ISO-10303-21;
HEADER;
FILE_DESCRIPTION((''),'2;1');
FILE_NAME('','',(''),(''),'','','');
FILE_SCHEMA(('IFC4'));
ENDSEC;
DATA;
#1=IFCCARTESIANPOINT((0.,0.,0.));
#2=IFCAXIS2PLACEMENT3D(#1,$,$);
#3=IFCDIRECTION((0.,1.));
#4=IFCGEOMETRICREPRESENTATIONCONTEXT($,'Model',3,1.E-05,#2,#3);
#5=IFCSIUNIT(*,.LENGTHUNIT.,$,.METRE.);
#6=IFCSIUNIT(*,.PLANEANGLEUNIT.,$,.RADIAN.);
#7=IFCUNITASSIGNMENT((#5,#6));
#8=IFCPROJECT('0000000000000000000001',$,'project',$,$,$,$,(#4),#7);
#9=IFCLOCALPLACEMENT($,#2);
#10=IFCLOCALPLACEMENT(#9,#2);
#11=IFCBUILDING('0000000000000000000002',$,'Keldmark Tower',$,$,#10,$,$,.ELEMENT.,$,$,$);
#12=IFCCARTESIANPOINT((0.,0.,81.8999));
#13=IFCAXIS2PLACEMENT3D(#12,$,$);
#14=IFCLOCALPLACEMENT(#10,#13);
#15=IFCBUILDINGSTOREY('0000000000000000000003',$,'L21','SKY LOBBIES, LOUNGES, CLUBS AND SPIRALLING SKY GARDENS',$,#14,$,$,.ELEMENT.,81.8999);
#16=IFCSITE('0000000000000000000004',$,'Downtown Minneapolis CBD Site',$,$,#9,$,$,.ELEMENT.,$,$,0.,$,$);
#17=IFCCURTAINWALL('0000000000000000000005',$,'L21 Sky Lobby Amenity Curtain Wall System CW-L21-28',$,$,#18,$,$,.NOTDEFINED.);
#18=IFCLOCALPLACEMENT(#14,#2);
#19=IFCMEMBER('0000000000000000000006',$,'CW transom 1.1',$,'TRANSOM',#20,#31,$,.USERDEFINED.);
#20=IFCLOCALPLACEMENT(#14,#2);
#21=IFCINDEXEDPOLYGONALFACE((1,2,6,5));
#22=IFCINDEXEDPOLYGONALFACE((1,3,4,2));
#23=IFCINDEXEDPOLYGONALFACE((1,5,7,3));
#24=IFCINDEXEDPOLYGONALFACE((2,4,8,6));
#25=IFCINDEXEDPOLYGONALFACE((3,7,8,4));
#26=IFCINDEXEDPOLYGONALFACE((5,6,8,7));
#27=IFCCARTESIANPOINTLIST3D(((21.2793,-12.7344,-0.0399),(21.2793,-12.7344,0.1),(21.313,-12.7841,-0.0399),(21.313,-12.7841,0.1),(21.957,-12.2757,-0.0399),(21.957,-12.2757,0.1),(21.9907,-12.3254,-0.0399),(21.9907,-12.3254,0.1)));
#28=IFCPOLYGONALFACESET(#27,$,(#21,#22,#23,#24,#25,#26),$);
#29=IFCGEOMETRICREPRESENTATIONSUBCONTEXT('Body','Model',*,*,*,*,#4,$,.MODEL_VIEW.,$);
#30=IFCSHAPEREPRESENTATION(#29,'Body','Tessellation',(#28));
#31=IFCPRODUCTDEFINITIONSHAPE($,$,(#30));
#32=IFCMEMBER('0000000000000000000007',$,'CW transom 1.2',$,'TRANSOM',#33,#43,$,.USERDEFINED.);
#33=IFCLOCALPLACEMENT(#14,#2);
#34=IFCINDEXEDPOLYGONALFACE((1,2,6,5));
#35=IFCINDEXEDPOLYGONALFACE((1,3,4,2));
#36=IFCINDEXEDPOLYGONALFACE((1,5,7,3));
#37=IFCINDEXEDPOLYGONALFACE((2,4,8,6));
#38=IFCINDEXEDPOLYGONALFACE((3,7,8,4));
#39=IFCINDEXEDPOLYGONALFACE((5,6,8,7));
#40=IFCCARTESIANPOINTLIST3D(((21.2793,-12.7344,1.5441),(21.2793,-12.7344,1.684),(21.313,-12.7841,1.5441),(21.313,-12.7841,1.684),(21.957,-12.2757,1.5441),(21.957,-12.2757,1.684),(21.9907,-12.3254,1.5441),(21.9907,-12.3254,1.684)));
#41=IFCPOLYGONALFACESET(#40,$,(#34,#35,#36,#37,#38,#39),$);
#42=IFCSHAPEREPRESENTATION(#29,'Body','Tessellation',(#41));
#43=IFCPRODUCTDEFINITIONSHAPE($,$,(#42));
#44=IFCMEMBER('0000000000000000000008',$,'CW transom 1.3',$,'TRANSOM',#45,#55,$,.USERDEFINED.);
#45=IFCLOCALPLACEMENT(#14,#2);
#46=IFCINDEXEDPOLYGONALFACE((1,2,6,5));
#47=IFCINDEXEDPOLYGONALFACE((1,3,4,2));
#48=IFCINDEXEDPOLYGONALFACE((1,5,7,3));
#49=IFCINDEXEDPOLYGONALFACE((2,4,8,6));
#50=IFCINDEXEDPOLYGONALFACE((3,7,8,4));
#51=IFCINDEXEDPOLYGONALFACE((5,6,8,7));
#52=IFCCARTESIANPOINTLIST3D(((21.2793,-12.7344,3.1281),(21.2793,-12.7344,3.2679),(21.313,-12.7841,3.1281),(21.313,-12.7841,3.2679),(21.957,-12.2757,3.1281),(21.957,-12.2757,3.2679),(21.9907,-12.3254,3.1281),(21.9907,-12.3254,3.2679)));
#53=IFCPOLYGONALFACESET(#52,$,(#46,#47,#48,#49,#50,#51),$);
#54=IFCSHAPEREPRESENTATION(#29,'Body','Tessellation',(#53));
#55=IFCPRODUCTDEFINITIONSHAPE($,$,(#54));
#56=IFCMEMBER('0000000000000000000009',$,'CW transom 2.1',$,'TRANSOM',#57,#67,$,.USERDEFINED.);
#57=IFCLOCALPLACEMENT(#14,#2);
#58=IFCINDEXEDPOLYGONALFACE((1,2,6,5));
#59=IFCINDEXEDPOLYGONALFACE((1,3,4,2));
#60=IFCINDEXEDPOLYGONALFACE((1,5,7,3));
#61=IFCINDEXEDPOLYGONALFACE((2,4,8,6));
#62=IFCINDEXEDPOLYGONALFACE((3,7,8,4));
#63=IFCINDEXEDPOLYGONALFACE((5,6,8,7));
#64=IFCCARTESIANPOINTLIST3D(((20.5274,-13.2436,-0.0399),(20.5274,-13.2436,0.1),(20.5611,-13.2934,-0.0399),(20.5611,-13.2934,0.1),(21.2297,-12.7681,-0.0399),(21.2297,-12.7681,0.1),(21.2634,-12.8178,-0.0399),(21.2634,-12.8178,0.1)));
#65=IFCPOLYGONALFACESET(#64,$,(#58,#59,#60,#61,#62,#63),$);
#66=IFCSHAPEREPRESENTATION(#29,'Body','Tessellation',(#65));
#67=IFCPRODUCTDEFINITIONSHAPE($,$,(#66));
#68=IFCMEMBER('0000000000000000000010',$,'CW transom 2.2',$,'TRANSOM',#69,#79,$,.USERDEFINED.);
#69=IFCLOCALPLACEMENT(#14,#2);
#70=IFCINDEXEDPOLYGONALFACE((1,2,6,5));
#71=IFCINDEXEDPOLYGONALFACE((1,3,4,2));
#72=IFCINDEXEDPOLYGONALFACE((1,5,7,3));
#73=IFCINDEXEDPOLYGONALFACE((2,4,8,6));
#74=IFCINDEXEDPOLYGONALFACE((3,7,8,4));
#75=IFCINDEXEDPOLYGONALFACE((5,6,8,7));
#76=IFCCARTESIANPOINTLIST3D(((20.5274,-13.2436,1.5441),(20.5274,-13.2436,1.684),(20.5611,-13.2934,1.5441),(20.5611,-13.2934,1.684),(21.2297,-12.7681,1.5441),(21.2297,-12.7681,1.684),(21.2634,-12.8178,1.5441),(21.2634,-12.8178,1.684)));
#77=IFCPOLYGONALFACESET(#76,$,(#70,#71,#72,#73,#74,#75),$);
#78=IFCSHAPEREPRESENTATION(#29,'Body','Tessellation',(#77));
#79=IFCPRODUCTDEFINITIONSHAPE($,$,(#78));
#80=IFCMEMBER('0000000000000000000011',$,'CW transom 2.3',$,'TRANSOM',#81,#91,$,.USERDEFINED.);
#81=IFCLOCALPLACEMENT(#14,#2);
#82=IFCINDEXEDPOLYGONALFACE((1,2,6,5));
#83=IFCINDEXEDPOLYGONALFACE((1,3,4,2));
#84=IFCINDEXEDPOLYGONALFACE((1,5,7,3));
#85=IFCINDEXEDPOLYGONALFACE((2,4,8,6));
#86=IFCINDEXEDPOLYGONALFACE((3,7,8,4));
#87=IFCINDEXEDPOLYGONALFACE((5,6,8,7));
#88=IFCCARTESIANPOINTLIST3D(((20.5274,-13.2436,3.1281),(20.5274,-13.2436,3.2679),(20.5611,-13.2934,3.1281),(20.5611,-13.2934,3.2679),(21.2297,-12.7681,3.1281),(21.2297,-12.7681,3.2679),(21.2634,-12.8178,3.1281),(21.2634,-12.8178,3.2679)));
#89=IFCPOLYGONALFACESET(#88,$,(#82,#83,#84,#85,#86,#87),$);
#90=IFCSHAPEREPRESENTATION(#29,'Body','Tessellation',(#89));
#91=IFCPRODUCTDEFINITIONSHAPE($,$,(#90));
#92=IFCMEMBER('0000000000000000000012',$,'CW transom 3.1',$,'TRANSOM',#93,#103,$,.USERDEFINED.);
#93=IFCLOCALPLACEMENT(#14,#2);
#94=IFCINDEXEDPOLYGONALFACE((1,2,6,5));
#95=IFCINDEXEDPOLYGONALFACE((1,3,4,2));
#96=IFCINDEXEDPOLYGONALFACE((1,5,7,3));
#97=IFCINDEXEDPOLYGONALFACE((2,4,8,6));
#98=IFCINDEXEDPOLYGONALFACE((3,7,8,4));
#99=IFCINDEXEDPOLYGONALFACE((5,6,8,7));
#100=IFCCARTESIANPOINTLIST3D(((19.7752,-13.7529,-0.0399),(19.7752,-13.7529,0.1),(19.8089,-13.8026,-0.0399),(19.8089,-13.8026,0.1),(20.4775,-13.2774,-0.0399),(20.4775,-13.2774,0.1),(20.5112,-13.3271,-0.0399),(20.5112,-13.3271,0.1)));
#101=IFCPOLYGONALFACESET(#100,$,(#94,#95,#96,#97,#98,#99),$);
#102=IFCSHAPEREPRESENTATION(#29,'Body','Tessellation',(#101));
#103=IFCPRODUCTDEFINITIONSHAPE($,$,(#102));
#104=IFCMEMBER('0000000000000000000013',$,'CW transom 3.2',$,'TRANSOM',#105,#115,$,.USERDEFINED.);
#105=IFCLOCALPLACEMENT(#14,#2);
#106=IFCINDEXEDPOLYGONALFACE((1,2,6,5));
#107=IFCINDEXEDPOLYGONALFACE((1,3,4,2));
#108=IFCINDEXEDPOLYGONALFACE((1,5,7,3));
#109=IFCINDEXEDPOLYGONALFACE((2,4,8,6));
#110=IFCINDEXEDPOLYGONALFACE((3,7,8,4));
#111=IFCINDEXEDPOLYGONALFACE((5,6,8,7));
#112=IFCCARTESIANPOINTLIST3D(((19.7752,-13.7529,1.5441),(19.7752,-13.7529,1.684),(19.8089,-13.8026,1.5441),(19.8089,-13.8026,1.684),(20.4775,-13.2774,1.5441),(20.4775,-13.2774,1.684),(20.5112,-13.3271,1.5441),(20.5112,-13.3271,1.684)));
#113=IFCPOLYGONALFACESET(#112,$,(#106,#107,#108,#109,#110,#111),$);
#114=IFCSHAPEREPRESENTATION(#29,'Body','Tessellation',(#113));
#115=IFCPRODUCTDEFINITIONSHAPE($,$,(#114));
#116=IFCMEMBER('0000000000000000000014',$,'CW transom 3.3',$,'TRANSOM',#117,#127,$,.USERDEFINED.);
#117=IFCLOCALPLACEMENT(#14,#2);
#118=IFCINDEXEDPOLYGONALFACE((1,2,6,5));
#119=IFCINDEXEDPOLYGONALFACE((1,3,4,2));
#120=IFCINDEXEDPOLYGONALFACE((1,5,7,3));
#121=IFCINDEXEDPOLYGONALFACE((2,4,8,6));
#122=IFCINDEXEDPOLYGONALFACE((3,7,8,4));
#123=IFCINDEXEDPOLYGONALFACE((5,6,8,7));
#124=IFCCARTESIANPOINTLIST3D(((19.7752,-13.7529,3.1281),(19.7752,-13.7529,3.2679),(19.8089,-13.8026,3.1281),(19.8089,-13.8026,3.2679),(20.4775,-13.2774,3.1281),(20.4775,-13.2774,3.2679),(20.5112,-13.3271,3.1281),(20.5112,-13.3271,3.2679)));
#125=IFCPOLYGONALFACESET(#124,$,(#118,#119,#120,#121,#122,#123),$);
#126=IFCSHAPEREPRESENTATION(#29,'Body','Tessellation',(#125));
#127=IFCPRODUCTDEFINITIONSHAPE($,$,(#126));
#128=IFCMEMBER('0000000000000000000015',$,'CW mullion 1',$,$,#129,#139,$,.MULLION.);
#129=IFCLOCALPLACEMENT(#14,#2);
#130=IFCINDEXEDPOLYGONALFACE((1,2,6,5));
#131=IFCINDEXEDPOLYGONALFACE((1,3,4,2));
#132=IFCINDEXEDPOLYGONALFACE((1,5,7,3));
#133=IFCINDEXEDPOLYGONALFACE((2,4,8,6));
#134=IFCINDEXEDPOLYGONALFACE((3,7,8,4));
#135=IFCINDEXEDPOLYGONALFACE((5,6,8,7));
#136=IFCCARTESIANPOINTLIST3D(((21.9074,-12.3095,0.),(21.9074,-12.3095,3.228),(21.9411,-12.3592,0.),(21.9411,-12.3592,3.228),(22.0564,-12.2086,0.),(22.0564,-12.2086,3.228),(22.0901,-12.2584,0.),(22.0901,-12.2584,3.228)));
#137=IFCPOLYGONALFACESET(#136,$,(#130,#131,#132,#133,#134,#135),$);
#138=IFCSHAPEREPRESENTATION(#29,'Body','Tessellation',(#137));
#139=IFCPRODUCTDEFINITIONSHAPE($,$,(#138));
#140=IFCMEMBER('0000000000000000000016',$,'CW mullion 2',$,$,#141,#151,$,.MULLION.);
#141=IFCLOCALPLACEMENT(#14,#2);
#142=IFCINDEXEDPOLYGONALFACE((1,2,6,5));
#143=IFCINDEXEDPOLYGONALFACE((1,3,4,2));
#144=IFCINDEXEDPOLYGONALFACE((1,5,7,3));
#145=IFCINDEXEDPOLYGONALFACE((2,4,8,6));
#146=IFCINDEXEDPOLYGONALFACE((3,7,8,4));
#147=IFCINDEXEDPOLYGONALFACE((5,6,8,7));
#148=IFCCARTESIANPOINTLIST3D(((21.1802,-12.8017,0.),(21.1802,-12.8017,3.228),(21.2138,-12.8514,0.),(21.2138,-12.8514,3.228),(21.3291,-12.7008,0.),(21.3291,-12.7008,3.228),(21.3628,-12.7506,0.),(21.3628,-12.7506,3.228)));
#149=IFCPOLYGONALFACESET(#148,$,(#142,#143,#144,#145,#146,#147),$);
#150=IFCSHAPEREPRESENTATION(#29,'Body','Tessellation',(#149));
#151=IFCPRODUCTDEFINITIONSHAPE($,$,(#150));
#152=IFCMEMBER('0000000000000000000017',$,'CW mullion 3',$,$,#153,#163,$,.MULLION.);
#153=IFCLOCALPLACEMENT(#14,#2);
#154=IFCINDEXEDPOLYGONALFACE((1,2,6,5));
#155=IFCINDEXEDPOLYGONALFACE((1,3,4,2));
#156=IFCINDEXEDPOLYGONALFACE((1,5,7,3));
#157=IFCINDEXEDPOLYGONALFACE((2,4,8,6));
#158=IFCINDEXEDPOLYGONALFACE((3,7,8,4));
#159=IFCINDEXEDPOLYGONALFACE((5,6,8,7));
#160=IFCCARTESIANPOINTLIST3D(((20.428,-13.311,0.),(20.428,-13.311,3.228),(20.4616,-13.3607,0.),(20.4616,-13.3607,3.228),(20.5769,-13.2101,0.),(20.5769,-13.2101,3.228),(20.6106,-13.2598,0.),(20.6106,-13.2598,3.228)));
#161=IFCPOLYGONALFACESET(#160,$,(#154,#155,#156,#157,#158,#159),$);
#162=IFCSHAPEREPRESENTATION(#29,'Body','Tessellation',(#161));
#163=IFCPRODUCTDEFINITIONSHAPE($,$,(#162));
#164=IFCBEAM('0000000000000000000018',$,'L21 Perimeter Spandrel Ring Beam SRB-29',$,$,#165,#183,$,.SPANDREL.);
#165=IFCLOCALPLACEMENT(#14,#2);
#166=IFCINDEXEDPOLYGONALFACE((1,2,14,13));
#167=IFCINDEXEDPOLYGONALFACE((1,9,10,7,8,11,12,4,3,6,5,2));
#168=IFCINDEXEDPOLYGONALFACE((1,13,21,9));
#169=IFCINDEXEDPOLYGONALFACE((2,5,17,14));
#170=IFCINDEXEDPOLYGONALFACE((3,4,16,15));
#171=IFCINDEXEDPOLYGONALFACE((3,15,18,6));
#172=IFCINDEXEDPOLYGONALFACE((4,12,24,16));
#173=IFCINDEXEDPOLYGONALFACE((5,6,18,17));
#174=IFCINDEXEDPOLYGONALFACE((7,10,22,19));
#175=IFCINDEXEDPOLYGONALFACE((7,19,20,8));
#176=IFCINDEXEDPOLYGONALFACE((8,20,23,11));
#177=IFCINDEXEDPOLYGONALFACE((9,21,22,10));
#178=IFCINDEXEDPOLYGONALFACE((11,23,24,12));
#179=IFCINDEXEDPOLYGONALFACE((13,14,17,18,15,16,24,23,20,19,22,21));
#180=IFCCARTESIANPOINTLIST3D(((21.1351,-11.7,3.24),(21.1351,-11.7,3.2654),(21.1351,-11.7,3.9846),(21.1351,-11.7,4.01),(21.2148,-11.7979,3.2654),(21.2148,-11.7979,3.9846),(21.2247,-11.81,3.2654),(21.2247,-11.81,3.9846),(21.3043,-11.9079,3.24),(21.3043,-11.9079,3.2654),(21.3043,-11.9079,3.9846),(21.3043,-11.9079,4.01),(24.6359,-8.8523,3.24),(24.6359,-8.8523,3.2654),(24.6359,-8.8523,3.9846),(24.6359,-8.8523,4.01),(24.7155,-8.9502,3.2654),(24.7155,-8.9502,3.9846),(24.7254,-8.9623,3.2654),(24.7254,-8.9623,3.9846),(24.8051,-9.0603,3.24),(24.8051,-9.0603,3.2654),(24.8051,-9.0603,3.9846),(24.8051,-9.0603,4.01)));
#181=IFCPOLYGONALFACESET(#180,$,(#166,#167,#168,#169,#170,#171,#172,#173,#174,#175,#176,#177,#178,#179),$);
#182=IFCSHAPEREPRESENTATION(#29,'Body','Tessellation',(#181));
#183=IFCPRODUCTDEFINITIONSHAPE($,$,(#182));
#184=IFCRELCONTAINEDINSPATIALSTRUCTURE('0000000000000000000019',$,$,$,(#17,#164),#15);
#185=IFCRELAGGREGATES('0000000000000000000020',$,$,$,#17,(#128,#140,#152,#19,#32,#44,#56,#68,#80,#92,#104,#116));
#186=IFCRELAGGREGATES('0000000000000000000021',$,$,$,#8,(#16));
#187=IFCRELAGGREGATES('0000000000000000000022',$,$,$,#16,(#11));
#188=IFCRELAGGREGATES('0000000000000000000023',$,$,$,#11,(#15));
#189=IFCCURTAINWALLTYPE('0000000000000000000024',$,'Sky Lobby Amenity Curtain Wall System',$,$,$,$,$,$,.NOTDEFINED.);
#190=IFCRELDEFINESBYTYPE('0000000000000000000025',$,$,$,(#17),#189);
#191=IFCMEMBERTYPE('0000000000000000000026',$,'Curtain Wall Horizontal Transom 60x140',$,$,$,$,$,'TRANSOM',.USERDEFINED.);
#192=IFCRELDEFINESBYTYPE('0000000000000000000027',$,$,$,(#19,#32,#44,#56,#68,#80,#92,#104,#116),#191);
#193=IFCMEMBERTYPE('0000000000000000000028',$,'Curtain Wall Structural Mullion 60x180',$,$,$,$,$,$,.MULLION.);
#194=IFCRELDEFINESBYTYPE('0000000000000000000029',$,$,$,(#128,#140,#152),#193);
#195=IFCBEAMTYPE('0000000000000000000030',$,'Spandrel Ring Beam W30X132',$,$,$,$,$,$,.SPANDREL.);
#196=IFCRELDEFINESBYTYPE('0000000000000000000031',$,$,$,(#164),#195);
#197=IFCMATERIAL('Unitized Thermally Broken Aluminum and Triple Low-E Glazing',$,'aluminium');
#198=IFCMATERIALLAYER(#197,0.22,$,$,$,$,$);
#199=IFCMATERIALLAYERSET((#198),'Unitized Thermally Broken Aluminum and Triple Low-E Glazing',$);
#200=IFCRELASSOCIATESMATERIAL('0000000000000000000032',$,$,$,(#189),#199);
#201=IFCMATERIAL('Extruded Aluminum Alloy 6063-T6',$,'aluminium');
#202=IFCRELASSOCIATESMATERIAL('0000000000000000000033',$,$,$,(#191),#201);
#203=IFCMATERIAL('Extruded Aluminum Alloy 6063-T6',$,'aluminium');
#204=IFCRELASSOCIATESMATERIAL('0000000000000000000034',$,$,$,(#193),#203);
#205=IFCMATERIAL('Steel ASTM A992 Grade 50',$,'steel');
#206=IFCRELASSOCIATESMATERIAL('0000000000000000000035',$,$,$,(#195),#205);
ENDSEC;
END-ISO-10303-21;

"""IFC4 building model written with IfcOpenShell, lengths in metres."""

from ifc_helpers import new_model, si_unit, direction, frame, origin, origin_2d, place, context, subcontext, project, spatial, rectangle, i_section, extrude, material, layer, layer_set, material_profile, profile_set, type_object, element, aggregate, save


model = new_model("IFC4")

# Units and contexts
model_context = context("Model", 3, precision=1e-05, world=origin(), true_north=direction((0.0, 1.0)))
body_context = subcontext(model_context, "Body", "Model", "MODEL_VIEW")
ifc_project = project(units=[si_unit("LENGTHUNIT", "METRE"), si_unit("PLANEANGLEUNIT", "RADIAN")], contexts=[model_context])

# Site, building, storey
site_placement = place(None, origin())
site = spatial("IfcSite", under=ifc_project, at=site_placement, Name="Downtown Minneapolis CBD Site", CompositionType="ELEMENT", RefElevation=0.0)
building_placement = place(site_placement, origin())
building = spatial("IfcBuilding", under=site, at=building_placement, Name="Keldmark Tower", CompositionType="ELEMENT")
storey_placement = place(building_placement, frame((0.0, 0.0, 81.8999)))
storey = spatial("IfcBuildingStorey", under=building, at=storey_placement, Name="L21", Description="SKY LOBBIES, LOUNGES, CLUBS AND SPIRALLING SKY GARDENS", CompositionType="ELEMENT", Elevation=81.8999)

# Curtain wall, members
ifc_material_1 = material(Name="Unitized Thermally Broken Aluminum and Triple Low-E Glazing", Category="aluminium")
ifc_layer_1 = layer(ifc_material_1, 0.22)
ifc_layer_set_1 = layer_set([ifc_layer_1], Name="Unitized Thermally Broken Aluminum and Triple Low-E Glazing")
curtain_wall_type = type_object("IfcCurtainWallType", Name="Sky Lobby Amenity Curtain Wall System", PredefinedType="NOTDEFINED", material=ifc_layer_set_1)
curtain_wall_placement = place(storey_placement, origin())
curtain_wall = element("IfcCurtainWall", 1, at=curtain_wall_placement, inside=storey, type_object=curtain_wall_type, Name="L21 Sky Lobby Amenity Curtain Wall System CW-L21-28", PredefinedType="NOTDEFINED")
ifc_material_2 = material(Name="Extruded Aluminum Alloy 6063-T6", Category="aluminium")
ifc_material_profile_1 = material_profile(ifc_material_2, rectangle(XDim=0.0601, YDim=0.1399, at=origin_2d()), Name="CWT60X140")
ifc_profile_set_1 = profile_set([ifc_material_profile_1], Name="Extruded Aluminum Alloy 6063-T6")
member_type_1 = type_object("IfcMemberType", Name="Curtain Wall Horizontal Transom 60x140", ElementType="TRANSOM", PredefinedType="USERDEFINED", material=ifc_profile_set_1)
member_1_placement = place(storey_placement, frame((21.9739, -12.3005, 0.03), z_axis=(-0.828129, -0.560538, 0.0), x_axis=(0.560538, -0.828129, 0.0)))
member_1 = element("IfcMember", 2, at=member_1_placement, type_object=member_type_1, Name="CW transom 1.1", ObjectType="TRANSOM", PredefinedType="USERDEFINED", context=body_context, shape_type="SweptSolid", body=[
    extrude(rectangle(XDim=0.0601, YDim=0.1399, at=origin_2d()), origin(), (0.0, 0.0, 1.0), 0.8184),
])
member_2_placement = place(storey_placement, frame((21.9739, -12.3005, 1.614), z_axis=(-0.828129, -0.560538, 0.0), x_axis=(0.560538, -0.828129, 0.0)))
member_2 = element("IfcMember", 3, at=member_2_placement, type_object=member_type_1, Name="CW transom 1.2", ObjectType="TRANSOM", PredefinedType="USERDEFINED", context=body_context, shape_type="SweptSolid", body=[
    extrude(rectangle(XDim=0.0601, YDim=0.1399, at=origin_2d()), origin(), (0.0, 0.0, 1.0), 0.8184),
])
member_3_placement = place(storey_placement, frame((21.9739, -12.3005, 3.198), z_axis=(-0.828129, -0.560538, 0.0), x_axis=(0.560538, -0.828129, 0.0)))
member_3 = element("IfcMember", 4, at=member_3_placement, type_object=member_type_1, Name="CW transom 1.3", ObjectType="TRANSOM", PredefinedType="USERDEFINED", context=body_context, shape_type="SweptSolid", body=[
    extrude(rectangle(XDim=0.0601, YDim=0.1399, at=origin_2d()), origin(), (0.0, 0.0, 1.0), 0.8184),
])
member_4_placement = place(storey_placement, frame((21.2466, -12.793, 0.03), z_axis=(-0.828044, -0.560664, 0.0), x_axis=(0.560664, -0.828044, 0.0)))
member_4 = element("IfcMember", 5, at=member_4_placement, type_object=member_type_1, Name="CW transom 2.1", ObjectType="TRANSOM", PredefinedType="USERDEFINED", context=body_context, shape_type="SweptSolid", body=[
    extrude(rectangle(XDim=0.0601, YDim=0.1399, at=origin_2d()), origin(), (0.0, 0.0, 1.0), 0.8481),
])
member_5_placement = place(storey_placement, frame((21.2466, -12.793, 1.614), z_axis=(-0.828044, -0.560664, 0.0), x_axis=(0.560664, -0.828044, 0.0)))
member_5 = element("IfcMember", 6, at=member_5_placement, type_object=member_type_1, Name="CW transom 2.2", ObjectType="TRANSOM", PredefinedType="USERDEFINED", context=body_context, shape_type="SweptSolid", body=[
    extrude(rectangle(XDim=0.0601, YDim=0.1399, at=origin_2d()), origin(), (0.0, 0.0, 1.0), 0.8481),
])
member_6_placement = place(storey_placement, frame((21.2466, -12.793, 3.198), z_axis=(-0.828044, -0.560664, 0.0), x_axis=(0.560664, -0.828044, 0.0)))
member_6 = element("IfcMember", 7, at=member_6_placement, type_object=member_type_1, Name="CW transom 2.3", ObjectType="TRANSOM", PredefinedType="USERDEFINED", context=body_context, shape_type="SweptSolid", body=[
    extrude(rectangle(XDim=0.0601, YDim=0.1399, at=origin_2d()), origin(), (0.0, 0.0, 1.0), 0.8481),
])
member_7_placement = place(storey_placement, frame((20.4944, -13.3022, 0.03), z_axis=(-0.828044, -0.560664, 0.0), x_axis=(0.560664, -0.828044, 0.0)))
member_7 = element("IfcMember", 8, at=member_7_placement, type_object=member_type_1, Name="CW transom 3.1", ObjectType="TRANSOM", PredefinedType="USERDEFINED", context=body_context, shape_type="SweptSolid", body=[
    extrude(rectangle(XDim=0.0601, YDim=0.1399, at=origin_2d()), origin(), (0.0, 0.0, 1.0), 0.8481),
])
member_8_placement = place(storey_placement, frame((20.4944, -13.3022, 1.614), z_axis=(-0.828044, -0.560664, 0.0), x_axis=(0.560664, -0.828044, 0.0)))
member_8 = element("IfcMember", 9, at=member_8_placement, type_object=member_type_1, Name="CW transom 3.2", ObjectType="TRANSOM", PredefinedType="USERDEFINED", context=body_context, shape_type="SweptSolid", body=[
    extrude(rectangle(XDim=0.0601, YDim=0.1399, at=origin_2d()), origin(), (0.0, 0.0, 1.0), 0.8481),
])
member_9_placement = place(storey_placement, frame((20.4944, -13.3022, 3.198), z_axis=(-0.828044, -0.560664, 0.0), x_axis=(0.560664, -0.828044, 0.0)))
member_9 = element("IfcMember", 10, at=member_9_placement, type_object=member_type_1, Name="CW transom 3.3", ObjectType="TRANSOM", PredefinedType="USERDEFINED", context=body_context, shape_type="SweptSolid", body=[
    extrude(rectangle(XDim=0.0601, YDim=0.1399, at=origin_2d()), origin(), (0.0, 0.0, 1.0), 0.8481),
])
ifc_material_3 = material(Name="Extruded Aluminum Alloy 6063-T6", Category="aluminium")
ifc_material_profile_2 = material_profile(ifc_material_3, rectangle(XDim=0.0601, YDim=0.1799, at=origin_2d()), Name="CWM60X180")
ifc_profile_set_2 = profile_set([ifc_material_profile_2], Name="Extruded Aluminum Alloy 6063-T6")
member_type_2 = type_object("IfcMemberType", Name="Curtain Wall Structural Mullion 60x180", PredefinedType="MULLION", material=ifc_profile_set_2)
member_10_placement = place(storey_placement, frame((21.9988, -12.2839, 0.0), z_axis=(0.0, 0.0, 1.0), x_axis=(0.560642, -0.828059, 0.0)))
member_10 = element("IfcMember", 11, at=member_10_placement, type_object=member_type_2, Name="CW mullion 1", PredefinedType="MULLION", context=body_context, shape_type="SweptSolid", body=[
    extrude(rectangle(XDim=0.0601, YDim=0.1799, at=origin_2d()), origin(), (0.0, 0.0, 1.0), 3.228),
])
member_11_placement = place(storey_placement, frame((21.2715, -12.7761, 0.0), z_axis=(0.0, 0.0, 1.0), x_axis=(0.560642, -0.828059, 0.0)))
member_11 = element("IfcMember", 12, at=member_11_placement, type_object=member_type_2, Name="CW mullion 2", PredefinedType="MULLION", context=body_context, shape_type="SweptSolid", body=[
    extrude(rectangle(XDim=0.0601, YDim=0.1799, at=origin_2d()), origin(), (0.0, 0.0, 1.0), 3.228),
])
member_12_placement = place(storey_placement, frame((20.5193, -13.2854, 0.0), z_axis=(0.0, 0.0, 1.0), x_axis=(0.560642, -0.828059, 0.0)))
member_12 = element("IfcMember", 13, at=member_12_placement, type_object=member_type_2, Name="CW mullion 3", PredefinedType="MULLION", context=body_context, shape_type="SweptSolid", body=[
    extrude(rectangle(XDim=0.0601, YDim=0.1799, at=origin_2d()), origin(), (0.0, 0.0, 1.0), 3.228),
])

# Beam
ifc_material_4 = material(Name="Steel ASTM A992 Grade 50", Category="steel")
ifc_material_profile_3 = material_profile(ifc_material_4, i_section(OverallWidth=0.2681, OverallDepth=0.77, WebThickness=0.0156, FlangeThickness=0.0254, at=origin_2d()), Name="W30X132")
ifc_profile_set_3 = profile_set([ifc_material_profile_3], Name="Steel ASTM A992 Grade 50")
beam_type = type_object("IfcBeamType", Name="Spandrel Ring Beam W30X132", PredefinedType="SPANDREL", material=ifc_profile_set_3)
beam_placement = place(storey_placement, frame((21.2197, -11.804, 3.625), z_axis=(0.775755, 0.631034, 0.0), x_axis=(-0.631034, 0.775755, 0.0)))
element("IfcBeam", 14, at=beam_placement, inside=storey, type_object=beam_type, Name="L21 Perimeter Spandrel Ring Beam SRB-29", PredefinedType="SPANDREL", context=body_context, shape_type="SweptSolid", body=[
    extrude(i_section(OverallWidth=0.2681, OverallDepth=0.77, WebThickness=0.0156, FlangeThickness=0.0254, at=origin_2d()), origin(), (0.0, 0.0, 1.0), 4.5127),
])

aggregate(curtain_wall, [member_10, member_11, member_12, member_1, member_2, member_3, member_4, member_5, member_6, member_7, member_8, member_9])

save(model, "model.ifc")
